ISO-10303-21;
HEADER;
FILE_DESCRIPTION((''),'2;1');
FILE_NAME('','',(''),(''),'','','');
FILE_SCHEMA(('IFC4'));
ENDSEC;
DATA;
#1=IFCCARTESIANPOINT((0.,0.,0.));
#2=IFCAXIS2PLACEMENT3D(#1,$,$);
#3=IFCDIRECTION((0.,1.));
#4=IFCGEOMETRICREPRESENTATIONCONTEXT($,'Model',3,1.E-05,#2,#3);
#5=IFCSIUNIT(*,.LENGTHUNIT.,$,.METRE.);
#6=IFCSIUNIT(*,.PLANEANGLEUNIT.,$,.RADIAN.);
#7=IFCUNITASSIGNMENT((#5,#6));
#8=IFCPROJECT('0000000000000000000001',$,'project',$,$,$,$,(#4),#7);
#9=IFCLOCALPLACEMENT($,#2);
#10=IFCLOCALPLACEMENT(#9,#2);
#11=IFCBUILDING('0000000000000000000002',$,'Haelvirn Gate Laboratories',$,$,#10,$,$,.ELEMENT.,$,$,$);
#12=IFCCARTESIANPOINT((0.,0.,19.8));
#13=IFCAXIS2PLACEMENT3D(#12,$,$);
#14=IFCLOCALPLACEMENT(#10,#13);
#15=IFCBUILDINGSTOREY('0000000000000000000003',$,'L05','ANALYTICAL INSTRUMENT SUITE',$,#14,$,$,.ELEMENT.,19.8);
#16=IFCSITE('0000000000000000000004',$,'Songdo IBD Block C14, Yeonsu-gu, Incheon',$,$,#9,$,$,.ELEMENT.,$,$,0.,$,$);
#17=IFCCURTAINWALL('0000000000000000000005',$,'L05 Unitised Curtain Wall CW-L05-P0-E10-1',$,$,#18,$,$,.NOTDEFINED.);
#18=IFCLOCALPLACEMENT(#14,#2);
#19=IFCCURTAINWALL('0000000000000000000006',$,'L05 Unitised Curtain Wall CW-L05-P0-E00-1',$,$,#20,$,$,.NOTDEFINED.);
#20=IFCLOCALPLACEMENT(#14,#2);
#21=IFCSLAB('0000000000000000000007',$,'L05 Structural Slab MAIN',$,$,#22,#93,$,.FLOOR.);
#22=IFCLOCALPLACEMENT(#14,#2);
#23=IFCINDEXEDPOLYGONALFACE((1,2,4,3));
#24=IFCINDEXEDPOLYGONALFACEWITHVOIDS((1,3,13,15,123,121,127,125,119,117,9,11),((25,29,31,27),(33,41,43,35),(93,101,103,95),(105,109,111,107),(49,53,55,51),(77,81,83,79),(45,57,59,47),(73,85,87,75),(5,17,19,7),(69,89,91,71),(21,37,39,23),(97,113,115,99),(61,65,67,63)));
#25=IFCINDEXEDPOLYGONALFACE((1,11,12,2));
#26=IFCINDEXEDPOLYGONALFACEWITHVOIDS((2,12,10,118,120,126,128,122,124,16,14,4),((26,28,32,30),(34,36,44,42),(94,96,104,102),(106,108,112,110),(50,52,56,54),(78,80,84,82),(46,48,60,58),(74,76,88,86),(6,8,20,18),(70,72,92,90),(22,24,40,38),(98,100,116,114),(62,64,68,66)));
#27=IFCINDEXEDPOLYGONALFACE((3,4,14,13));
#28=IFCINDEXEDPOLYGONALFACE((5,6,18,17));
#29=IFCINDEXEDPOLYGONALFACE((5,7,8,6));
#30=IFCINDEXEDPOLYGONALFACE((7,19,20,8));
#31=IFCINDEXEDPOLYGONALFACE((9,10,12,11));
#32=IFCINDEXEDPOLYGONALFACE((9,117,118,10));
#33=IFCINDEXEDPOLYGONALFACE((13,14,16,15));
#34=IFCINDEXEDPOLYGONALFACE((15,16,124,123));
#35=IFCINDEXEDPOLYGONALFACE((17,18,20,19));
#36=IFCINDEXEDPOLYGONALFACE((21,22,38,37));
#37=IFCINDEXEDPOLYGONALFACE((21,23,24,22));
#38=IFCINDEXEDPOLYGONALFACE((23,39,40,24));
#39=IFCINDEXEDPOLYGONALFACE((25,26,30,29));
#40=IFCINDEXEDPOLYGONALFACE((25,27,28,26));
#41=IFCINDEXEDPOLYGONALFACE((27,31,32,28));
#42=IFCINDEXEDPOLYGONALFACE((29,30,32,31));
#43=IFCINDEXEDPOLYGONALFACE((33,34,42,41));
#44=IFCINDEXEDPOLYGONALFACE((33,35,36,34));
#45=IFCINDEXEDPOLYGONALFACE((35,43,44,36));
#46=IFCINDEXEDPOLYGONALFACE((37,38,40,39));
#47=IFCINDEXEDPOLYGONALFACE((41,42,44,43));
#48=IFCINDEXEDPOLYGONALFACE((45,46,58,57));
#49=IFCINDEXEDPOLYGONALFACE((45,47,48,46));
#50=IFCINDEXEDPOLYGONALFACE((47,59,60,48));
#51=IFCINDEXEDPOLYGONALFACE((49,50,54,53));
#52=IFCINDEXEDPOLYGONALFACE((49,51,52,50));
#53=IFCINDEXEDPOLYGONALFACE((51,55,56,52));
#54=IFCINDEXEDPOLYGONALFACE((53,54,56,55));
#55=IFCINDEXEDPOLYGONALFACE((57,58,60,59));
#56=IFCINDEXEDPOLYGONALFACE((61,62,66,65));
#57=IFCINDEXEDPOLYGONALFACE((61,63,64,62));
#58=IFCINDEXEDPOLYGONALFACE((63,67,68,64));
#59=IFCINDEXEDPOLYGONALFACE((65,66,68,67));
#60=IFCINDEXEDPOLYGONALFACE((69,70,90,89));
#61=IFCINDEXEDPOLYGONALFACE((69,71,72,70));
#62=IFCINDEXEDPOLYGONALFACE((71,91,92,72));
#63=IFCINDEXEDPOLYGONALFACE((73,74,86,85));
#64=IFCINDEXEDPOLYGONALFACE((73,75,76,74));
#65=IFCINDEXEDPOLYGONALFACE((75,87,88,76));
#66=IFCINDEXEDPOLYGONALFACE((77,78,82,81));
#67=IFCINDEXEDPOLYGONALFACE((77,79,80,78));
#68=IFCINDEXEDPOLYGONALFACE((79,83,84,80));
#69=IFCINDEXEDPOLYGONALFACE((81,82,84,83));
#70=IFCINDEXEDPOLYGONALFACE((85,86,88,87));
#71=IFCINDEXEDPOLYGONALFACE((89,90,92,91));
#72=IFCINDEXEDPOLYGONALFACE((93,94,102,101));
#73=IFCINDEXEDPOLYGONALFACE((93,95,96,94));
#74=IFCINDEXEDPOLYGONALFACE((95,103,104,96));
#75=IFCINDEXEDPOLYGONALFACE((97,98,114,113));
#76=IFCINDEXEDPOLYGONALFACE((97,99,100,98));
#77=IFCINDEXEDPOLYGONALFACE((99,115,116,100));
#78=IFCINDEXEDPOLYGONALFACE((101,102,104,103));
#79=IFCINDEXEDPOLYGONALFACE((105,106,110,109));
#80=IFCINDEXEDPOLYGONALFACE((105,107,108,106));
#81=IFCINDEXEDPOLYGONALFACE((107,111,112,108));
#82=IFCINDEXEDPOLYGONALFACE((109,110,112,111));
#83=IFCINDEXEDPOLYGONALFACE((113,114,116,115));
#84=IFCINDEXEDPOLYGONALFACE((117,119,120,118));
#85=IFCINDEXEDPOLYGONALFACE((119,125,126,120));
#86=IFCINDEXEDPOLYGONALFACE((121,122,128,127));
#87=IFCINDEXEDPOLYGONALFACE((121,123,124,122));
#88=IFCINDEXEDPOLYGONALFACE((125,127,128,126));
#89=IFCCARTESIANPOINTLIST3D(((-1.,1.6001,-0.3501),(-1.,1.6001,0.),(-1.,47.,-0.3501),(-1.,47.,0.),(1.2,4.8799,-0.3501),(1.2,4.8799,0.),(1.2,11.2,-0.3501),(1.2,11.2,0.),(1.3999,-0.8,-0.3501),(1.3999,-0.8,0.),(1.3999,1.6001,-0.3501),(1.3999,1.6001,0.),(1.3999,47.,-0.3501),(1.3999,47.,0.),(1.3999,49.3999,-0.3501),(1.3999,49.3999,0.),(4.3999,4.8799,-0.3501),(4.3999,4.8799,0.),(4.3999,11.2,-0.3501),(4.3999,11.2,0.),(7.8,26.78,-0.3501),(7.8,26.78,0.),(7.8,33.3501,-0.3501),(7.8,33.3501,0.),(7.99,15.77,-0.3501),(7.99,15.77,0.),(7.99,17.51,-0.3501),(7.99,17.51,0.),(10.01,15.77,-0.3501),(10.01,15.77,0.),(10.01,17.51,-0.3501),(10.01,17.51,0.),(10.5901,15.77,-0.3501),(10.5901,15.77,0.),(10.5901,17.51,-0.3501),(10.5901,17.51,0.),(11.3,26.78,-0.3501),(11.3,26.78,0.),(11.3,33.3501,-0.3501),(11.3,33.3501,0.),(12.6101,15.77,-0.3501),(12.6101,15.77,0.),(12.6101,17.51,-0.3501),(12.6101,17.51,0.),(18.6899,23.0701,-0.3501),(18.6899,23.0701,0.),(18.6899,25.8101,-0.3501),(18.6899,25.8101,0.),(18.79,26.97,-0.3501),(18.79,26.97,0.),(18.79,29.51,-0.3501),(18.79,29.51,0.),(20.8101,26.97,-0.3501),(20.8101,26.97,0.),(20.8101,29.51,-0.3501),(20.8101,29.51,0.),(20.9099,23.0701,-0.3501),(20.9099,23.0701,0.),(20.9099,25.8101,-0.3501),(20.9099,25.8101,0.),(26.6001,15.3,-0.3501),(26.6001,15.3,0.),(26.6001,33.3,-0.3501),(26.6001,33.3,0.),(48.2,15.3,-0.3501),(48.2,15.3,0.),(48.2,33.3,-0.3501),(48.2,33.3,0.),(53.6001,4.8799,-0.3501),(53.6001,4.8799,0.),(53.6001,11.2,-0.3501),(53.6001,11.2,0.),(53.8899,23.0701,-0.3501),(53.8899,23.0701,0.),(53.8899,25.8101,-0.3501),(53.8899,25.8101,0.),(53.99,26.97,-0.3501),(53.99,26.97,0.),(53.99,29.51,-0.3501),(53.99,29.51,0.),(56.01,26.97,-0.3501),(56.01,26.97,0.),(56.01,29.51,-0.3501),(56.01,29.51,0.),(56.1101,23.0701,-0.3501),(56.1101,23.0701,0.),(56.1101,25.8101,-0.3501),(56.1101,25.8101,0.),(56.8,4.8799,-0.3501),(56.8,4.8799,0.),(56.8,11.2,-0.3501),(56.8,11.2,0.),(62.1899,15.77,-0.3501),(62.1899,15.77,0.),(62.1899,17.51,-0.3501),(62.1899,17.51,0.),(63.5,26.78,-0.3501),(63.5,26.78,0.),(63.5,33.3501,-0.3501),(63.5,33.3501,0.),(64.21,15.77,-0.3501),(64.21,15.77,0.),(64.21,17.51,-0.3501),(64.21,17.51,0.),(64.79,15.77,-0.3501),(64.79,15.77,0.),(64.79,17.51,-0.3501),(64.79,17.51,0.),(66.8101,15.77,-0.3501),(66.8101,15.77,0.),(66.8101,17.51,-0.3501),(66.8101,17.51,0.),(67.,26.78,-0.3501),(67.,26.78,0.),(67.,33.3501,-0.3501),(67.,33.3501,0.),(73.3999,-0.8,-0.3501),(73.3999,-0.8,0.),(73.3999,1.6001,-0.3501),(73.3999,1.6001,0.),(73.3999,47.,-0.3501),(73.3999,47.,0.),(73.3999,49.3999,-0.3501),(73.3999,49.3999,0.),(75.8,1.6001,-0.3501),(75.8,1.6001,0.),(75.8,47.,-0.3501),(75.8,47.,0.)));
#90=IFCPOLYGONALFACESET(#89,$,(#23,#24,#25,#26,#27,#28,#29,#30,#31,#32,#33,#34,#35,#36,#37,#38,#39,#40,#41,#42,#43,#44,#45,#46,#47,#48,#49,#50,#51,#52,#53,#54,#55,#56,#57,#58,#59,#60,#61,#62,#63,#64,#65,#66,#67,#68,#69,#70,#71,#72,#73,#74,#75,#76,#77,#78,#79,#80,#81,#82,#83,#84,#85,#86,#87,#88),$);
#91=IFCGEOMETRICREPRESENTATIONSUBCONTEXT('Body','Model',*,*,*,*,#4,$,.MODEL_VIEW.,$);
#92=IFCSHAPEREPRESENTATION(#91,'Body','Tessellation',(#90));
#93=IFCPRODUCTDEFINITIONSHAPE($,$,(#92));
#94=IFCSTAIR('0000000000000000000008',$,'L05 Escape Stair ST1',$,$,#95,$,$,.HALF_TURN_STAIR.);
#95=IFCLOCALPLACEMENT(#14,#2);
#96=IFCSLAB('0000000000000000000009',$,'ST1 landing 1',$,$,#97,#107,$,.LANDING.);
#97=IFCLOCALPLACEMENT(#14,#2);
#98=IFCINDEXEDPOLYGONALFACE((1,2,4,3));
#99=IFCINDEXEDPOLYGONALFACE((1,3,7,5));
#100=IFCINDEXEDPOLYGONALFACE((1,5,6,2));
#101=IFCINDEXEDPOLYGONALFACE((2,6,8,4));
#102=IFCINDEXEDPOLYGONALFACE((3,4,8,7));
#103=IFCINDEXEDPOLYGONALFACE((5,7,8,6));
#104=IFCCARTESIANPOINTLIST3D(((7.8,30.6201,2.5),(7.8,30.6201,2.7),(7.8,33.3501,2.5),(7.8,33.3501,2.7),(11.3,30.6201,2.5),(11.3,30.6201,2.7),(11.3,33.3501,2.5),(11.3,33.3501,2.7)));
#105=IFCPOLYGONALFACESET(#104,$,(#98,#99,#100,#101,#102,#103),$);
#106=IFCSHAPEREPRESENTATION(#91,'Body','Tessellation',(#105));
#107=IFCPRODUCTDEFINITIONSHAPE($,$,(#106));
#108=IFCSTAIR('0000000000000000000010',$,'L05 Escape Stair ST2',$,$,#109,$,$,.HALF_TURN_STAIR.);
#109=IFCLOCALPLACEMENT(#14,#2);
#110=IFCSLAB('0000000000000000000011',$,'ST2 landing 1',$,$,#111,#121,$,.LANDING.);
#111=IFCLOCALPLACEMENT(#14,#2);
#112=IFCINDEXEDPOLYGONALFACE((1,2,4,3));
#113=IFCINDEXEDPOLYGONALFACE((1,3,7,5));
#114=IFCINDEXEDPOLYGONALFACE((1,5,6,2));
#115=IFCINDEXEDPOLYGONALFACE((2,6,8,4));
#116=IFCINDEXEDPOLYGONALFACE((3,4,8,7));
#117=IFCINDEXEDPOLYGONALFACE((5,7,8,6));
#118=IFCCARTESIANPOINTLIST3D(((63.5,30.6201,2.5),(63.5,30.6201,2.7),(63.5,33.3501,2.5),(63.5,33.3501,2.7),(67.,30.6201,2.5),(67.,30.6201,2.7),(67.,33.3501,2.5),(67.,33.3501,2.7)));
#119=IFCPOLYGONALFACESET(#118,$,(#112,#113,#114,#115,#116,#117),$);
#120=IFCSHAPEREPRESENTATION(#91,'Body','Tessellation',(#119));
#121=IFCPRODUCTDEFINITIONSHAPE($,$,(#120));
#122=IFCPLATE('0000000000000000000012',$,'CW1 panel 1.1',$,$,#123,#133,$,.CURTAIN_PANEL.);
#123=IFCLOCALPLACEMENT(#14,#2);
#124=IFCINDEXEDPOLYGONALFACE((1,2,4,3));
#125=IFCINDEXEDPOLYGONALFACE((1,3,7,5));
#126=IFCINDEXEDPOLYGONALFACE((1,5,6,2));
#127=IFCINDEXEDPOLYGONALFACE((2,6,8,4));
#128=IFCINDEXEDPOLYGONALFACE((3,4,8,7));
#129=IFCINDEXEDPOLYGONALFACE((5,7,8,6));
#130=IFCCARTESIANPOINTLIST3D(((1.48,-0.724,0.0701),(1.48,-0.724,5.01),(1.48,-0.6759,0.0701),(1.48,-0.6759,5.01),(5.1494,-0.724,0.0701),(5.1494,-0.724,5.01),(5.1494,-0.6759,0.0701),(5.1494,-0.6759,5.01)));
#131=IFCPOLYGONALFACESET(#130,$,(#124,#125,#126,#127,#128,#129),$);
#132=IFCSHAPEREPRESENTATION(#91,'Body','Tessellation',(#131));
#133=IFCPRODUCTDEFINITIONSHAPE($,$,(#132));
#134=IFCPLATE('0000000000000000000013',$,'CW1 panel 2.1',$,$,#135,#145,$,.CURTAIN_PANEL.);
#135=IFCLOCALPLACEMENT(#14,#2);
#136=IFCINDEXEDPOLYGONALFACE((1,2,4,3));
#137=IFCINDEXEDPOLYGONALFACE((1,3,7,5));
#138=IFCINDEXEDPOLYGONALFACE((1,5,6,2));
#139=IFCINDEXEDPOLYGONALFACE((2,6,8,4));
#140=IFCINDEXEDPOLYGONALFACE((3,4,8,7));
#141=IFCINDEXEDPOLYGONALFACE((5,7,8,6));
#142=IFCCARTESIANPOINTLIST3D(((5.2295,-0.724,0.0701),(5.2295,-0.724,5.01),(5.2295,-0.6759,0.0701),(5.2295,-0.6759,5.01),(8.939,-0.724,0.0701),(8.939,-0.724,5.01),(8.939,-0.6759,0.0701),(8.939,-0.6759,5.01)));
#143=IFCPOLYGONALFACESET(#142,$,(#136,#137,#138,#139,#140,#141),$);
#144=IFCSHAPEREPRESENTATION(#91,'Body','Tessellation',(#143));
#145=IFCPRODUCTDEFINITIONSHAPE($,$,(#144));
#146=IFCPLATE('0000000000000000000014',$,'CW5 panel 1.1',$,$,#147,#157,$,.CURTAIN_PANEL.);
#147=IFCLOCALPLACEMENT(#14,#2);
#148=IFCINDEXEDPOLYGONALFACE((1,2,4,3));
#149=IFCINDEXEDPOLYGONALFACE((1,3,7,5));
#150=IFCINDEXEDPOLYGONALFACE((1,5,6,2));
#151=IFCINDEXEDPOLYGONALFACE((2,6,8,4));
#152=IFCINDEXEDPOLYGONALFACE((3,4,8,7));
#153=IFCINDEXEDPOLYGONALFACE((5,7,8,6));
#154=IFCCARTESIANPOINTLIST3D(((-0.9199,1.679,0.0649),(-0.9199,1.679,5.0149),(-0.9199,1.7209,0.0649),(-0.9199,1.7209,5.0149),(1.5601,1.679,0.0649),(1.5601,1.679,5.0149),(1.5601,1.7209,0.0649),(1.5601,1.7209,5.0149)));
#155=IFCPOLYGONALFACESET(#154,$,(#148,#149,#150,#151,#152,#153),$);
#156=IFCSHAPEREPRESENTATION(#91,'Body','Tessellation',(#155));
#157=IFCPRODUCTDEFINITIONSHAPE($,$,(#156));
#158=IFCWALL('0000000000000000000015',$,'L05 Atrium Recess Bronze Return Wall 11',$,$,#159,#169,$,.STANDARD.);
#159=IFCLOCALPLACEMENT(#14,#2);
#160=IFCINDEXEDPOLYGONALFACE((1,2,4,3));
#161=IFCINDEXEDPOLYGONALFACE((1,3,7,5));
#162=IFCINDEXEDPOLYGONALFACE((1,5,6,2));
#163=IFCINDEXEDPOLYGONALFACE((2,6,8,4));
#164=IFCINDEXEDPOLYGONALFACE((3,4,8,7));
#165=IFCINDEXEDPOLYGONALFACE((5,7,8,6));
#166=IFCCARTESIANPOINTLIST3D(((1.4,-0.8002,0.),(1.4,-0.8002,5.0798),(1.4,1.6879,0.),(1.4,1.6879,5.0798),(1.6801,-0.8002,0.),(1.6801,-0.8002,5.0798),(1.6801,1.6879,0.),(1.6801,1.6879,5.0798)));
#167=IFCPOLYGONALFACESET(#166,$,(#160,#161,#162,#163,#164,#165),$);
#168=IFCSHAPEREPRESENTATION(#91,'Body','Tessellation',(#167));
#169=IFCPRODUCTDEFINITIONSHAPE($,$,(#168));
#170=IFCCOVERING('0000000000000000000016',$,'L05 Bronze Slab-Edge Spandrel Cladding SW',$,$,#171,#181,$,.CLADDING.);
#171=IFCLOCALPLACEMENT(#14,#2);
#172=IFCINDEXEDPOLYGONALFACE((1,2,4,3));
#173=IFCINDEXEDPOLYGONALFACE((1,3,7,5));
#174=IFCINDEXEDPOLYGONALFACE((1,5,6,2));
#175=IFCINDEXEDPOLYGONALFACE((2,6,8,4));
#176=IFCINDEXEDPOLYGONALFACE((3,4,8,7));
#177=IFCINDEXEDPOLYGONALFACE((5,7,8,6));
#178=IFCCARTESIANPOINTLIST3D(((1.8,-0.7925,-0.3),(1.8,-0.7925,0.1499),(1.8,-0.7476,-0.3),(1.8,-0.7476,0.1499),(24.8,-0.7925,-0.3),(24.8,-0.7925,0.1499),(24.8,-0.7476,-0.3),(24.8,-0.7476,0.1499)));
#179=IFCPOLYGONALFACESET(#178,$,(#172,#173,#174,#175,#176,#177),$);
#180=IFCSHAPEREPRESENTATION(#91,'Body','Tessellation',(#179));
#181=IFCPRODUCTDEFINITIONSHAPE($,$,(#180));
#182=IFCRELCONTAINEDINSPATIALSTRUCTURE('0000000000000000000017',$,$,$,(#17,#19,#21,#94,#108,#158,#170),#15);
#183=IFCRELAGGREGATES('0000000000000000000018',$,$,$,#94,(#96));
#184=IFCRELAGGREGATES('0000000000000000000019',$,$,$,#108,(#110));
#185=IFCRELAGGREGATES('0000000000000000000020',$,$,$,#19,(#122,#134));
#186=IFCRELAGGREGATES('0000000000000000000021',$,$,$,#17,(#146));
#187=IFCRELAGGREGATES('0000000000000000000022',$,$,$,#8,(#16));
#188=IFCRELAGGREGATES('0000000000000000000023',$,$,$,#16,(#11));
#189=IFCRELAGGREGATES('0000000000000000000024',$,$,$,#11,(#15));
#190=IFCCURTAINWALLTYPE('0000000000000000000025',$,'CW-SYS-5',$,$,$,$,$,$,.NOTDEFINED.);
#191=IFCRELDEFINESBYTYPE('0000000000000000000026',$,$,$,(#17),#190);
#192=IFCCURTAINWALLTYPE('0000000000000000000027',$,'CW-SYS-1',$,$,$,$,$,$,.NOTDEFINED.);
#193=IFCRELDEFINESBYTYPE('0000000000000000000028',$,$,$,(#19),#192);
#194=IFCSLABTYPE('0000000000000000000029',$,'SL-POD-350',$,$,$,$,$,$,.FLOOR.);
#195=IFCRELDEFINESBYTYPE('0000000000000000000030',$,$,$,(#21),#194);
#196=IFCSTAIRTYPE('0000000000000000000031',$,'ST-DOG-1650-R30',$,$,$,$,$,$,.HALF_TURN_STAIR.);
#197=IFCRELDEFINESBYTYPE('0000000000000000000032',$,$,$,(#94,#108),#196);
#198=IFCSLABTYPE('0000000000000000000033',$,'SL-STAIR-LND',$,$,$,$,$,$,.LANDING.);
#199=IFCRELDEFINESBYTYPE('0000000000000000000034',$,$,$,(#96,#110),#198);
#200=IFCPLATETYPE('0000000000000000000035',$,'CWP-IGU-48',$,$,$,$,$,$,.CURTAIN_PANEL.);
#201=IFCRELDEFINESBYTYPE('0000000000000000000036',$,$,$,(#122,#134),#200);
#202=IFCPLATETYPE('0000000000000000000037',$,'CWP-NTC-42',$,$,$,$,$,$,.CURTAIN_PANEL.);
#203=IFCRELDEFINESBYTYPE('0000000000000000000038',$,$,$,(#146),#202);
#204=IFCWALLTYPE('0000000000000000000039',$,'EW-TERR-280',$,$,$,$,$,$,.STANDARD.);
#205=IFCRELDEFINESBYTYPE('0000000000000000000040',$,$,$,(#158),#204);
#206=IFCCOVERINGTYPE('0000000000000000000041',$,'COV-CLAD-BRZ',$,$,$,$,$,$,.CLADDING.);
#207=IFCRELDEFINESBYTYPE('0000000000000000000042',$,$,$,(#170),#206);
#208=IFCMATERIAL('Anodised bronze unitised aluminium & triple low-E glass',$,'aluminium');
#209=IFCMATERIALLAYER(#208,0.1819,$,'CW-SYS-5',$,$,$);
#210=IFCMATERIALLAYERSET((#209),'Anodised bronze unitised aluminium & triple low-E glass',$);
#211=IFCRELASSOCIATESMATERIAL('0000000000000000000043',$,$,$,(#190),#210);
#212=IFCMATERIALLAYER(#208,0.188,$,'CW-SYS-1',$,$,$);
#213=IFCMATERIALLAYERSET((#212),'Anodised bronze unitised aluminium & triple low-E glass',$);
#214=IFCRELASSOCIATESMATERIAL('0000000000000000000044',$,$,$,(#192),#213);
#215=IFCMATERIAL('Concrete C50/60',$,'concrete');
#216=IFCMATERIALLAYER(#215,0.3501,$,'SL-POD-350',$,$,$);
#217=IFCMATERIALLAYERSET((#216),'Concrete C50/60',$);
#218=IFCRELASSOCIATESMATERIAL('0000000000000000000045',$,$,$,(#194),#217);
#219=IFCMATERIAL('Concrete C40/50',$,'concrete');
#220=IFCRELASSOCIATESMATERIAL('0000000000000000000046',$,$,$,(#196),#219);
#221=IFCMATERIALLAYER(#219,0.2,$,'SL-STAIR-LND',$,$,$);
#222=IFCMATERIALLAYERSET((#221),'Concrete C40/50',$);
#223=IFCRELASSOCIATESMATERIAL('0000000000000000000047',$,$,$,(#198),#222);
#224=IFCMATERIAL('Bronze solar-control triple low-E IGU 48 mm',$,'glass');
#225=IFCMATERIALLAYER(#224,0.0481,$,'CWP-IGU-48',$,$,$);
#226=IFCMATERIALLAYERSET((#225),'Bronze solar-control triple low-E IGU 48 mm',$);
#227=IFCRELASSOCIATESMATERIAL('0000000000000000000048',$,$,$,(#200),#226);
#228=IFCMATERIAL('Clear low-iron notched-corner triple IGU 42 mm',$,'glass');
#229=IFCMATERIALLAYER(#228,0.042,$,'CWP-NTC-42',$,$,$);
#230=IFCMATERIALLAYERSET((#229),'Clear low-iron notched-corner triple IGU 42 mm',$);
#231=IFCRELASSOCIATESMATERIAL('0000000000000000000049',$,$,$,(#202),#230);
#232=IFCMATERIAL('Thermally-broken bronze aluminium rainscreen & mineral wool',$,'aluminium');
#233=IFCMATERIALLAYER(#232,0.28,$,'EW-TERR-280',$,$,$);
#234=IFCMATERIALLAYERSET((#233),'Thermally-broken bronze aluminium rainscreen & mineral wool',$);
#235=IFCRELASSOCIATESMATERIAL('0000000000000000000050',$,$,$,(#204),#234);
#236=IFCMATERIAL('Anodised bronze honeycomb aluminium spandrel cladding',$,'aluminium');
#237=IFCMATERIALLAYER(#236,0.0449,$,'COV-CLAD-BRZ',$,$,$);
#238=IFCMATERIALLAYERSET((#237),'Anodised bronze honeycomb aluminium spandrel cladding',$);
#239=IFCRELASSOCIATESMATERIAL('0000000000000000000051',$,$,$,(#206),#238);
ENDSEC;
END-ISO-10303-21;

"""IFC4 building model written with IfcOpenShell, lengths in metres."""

from ifc_helpers import new_model, si_unit, direction, frame, frame_2d, origin, origin_2d, place, context, subcontext, project, spatial, polyline, rectangle, outline, extrude, source, transform, mapped, material, layer, layer_set, type_object, type_shapes, element, aggregate, save


model = new_model("IFC4")

# Units and contexts
model_context = context("Model", 3, precision=1e-05, world=origin(), true_north=direction((0.0, 1.0)))
body_context = subcontext(model_context, "Body", "Model", "MODEL_VIEW")
ifc_project = project(units=[si_unit("LENGTHUNIT", "METRE"), si_unit("PLANEANGLEUNIT", "RADIAN")], contexts=[model_context])

# Site, building, storey
site_placement = place(None, origin())
site = spatial("IfcSite", under=ifc_project, at=site_placement, Name="Songdo IBD Block C14, Yeonsu-gu, Incheon", CompositionType="ELEMENT", RefElevation=0.0)
building_placement = place(site_placement, origin())
building = spatial("IfcBuilding", under=site, at=building_placement, Name="Haelvirn Gate Laboratories", CompositionType="ELEMENT")
storey_placement = place(building_placement, frame((0.0, 0.0, 19.8)))
storey = spatial("IfcBuildingStorey", under=building, at=storey_placement, Name="L05", Description="ANALYTICAL INSTRUMENT SUITE", CompositionType="ELEMENT", Elevation=19.8)

# Curtain walls
ifc_material_1 = material(Name="Anodised bronze unitised aluminium & triple low-E glass", Category="aluminium")
ifc_layer_1 = layer(ifc_material_1, 0.1819, Name="CW-SYS-5")
ifc_layer_set_1 = layer_set([ifc_layer_1], Name="Anodised bronze unitised aluminium & triple low-E glass")
curtain_wall_type_1 = type_object("IfcCurtainWallType", Name="CW-SYS-5", PredefinedType="NOTDEFINED", material=ifc_layer_set_1)
curtain_wall_1_placement = place(storey_placement, origin())
curtain_wall_1 = element("IfcCurtainWall", 1, at=curtain_wall_1_placement, inside=storey, type_object=curtain_wall_type_1, Name="L05 Unitised Curtain Wall CW-L05-P0-E10-1", PredefinedType="NOTDEFINED")
ifc_layer_2 = layer(ifc_material_1, 0.188, Name="CW-SYS-1")
ifc_layer_set_2 = layer_set([ifc_layer_2], Name="Anodised bronze unitised aluminium & triple low-E glass")
curtain_wall_type_2 = type_object("IfcCurtainWallType", Name="CW-SYS-1", PredefinedType="NOTDEFINED", material=ifc_layer_set_2)
curtain_wall_2_placement = place(storey_placement, origin())
curtain_wall_2 = element("IfcCurtainWall", 2, at=curtain_wall_2_placement, inside=storey, type_object=curtain_wall_type_2, Name="L05 Unitised Curtain Wall CW-L05-P0-E00-1", PredefinedType="NOTDEFINED")

# Slab
ifc_material_2 = material(Name="Concrete C50/60", Category="concrete")
ifc_layer_3 = layer(ifc_material_2, 0.3501, Name="SL-POD-350")
ifc_layer_set_3 = layer_set([ifc_layer_3], Name="Concrete C50/60")
slab_type_1 = type_object("IfcSlabType", Name="SL-POD-350", PredefinedType="FLOOR", material=ifc_layer_set_3)
slab_1_placement = place(storey_placement, frame((0.0, 0.0, -0.3501)))
element("IfcSlab", 3, at=slab_1_placement, inside=storey, type_object=slab_type_1, Name="L05 Structural Slab MAIN", PredefinedType="FLOOR", context=body_context, shape_type="SweptSolid", body=[
    extrude(outline(polyline([(1.3999, -0.8), (73.3999, -0.8), (73.3999, 1.6001), (75.8, 1.6001), (75.8, 47.0), (73.3999, 47.0), (73.3999, 49.3999), (1.3999, 49.3999), (1.3999, 47.0), (-1.0, 47.0), (-1.0, 1.6001), (1.3999, 1.6001), (1.3999, -0.8)]), holes=[polyline([(26.6001, 15.3), (48.2, 15.3), (48.2, 33.3), (26.6001, 33.3), (26.6001, 15.3)]), polyline([(11.3, 26.78), (11.3, 33.3501), (7.8, 33.3501), (7.8, 26.78), (11.3, 26.78)]), polyline([(67.0, 26.78), (67.0, 33.3501), (63.5, 33.3501), (63.5, 26.78), (67.0, 26.78)]), polyline([(4.3999, 4.8799), (4.3999, 11.2), (1.2, 11.2), (1.2, 4.8799), (4.3999, 4.8799)]), polyline([(56.8, 4.8799), (56.8, 11.2), (53.6001, 11.2), (53.6001, 4.8799), (56.8, 4.8799)]), polyline([(7.99, 15.77), (10.01, 15.77), (10.01, 17.51), (7.99, 17.51), (7.99, 15.77)]), polyline([(10.5901, 15.77), (12.6101, 15.77), (12.6101, 17.51), (10.5901, 17.51), (10.5901, 15.77)]), polyline([(18.79, 26.97), (20.8101, 26.97), (20.8101, 29.51), (18.79, 29.51), (18.79, 26.97)]), polyline([(18.6899, 23.0701), (20.9099, 23.0701), (20.9099, 25.8101), (18.6899, 25.8101), (18.6899, 23.0701)]), polyline([(64.79, 15.77), (66.8101, 15.77), (66.8101, 17.51), (64.79, 17.51), (64.79, 15.77)]), polyline([(62.1899, 15.77), (64.21, 15.77), (64.21, 17.51), (62.1899, 17.51), (62.1899, 15.77)]), polyline([(53.99, 26.97), (56.01, 26.97), (56.01, 29.51), (53.99, 29.51), (53.99, 26.97)]), polyline([(53.8899, 23.0701), (56.1101, 23.0701), (56.1101, 25.8101), (53.8899, 25.8101), (53.8899, 23.0701)])]), origin(), (0.0, 0.0, 1.0), 0.3501),
])

# Stairs, slabs
ifc_material_3 = material(Name="Concrete C40/50", Category="concrete")
stair_type = type_object("IfcStairType", Name="ST-DOG-1650-R30", PredefinedType="HALF_TURN_STAIR", material=ifc_material_3)
stair_1_placement = place(storey_placement, origin())
stair_1 = element("IfcStair", 4, at=stair_1_placement, inside=storey, type_object=stair_type, Name="L05 Escape Stair ST1", PredefinedType="HALF_TURN_STAIR")
ifc_layer_4 = layer(ifc_material_3, 0.2, Name="SL-STAIR-LND")
ifc_layer_set_4 = layer_set([ifc_layer_4], Name="Concrete C40/50")
slab_type_2 = type_object("IfcSlabType", Name="SL-STAIR-LND", PredefinedType="LANDING", material=ifc_layer_set_4)
slab_2_placement = place(storey_placement, frame((0.0, 0.0, 2.5)))
slab_2 = element("IfcSlab", 5, at=slab_2_placement, type_object=slab_type_2, Name="ST1 landing 1", PredefinedType="LANDING", context=body_context, shape_type="SweptSolid", body=[
    extrude(outline(polyline([(11.3, 30.6201), (11.3, 33.3501), (7.8, 33.3501), (7.8, 30.6201), (11.3, 30.6201)])), origin(), (0.0, 0.0, 1.0), 0.2),
])
aggregate(stair_1, [slab_2])
stair_2_placement = place(storey_placement, origin())
stair_2 = element("IfcStair", 6, at=stair_2_placement, inside=storey, type_object=stair_type, Name="L05 Escape Stair ST2", PredefinedType="HALF_TURN_STAIR")
slab_3_placement = place(storey_placement, frame((0.0, 0.0, 2.5)))
slab_3 = element("IfcSlab", 7, at=slab_3_placement, type_object=slab_type_2, Name="ST2 landing 1", PredefinedType="LANDING", context=body_context, shape_type="SweptSolid", body=[
    extrude(outline(polyline([(67.0, 30.6201), (67.0, 33.3501), (63.5, 33.3501), (63.5, 30.6201), (67.0, 30.6201)])), origin(), (0.0, 0.0, 1.0), 0.2),
])
aggregate(stair_2, [slab_3])

# Plates
ifc_material_4 = material(Name="Bronze solar-control triple low-E IGU 48 mm", Category="glass")
ifc_layer_5 = layer(ifc_material_4, 0.0481, Name="CWP-IGU-48")
ifc_layer_set_5 = layer_set([ifc_layer_5], Name="Bronze solar-control triple low-E IGU 48 mm")
plate_type_1 = type_object("IfcPlateType", Name="CWP-IGU-48", PredefinedType="CURTAIN_PANEL", material=ifc_layer_set_5)
shared_shape_1 = source(origin(), body_context, "Body", "SweptSolid", [
    extrude(rectangle(XDim=3.6694, YDim=0.0481, at=origin_2d()), origin(), (0.0, 0.0, 1.0), 4.9399),
])
plate_1_placement = place(storey_placement, frame((3.3147, -0.7, 0.0701), z_axis=(0.0, 0.0, 1.0), x_axis=(1.0, 0.0, 0.0)))
plate_1 = element("IfcPlate", 8, at=plate_1_placement, type_object=plate_type_1, Name="CW1 panel 1.1", PredefinedType="CURTAIN_PANEL", context=body_context, shape_type="MappedRepresentation", body=[
    mapped(shared_shape_1, transform((0.0, 0.0, 0.0), scale=1.0)),
])
shared_shape_2 = source(origin(), body_context, "Body", "SweptSolid", [
    extrude(rectangle(XDim=3.7095, YDim=0.0481, at=origin_2d()), origin(), (0.0, 0.0, 1.0), 4.9399),
])
type_shapes(plate_type_1, [shared_shape_1, shared_shape_2])
plate_2_placement = place(storey_placement, frame((7.0842, -0.7, 0.0701), z_axis=(0.0, 0.0, 1.0), x_axis=(1.0, 0.0, 0.0)))
plate_2 = element("IfcPlate", 9, at=plate_2_placement, type_object=plate_type_1, Name="CW1 panel 2.1", PredefinedType="CURTAIN_PANEL", context=body_context, shape_type="MappedRepresentation", body=[
    mapped(shared_shape_2, transform((0.0, 0.0, 0.0), scale=1.0)),
])
aggregate(curtain_wall_2, [plate_1, plate_2])
ifc_material_5 = material(Name="Clear low-iron notched-corner triple IGU 42 mm", Category="glass")
ifc_layer_6 = layer(ifc_material_5, 0.042, Name="CWP-NTC-42")
ifc_layer_set_6 = layer_set([ifc_layer_6], Name="Clear low-iron notched-corner triple IGU 42 mm")
plate_type_2 = type_object("IfcPlateType", Name="CWP-NTC-42", PredefinedType="CURTAIN_PANEL", material=ifc_layer_set_6)
shared_shape_3 = source(origin(), body_context, "Body", "SweptSolid", [
    extrude(rectangle(XDim=2.48, YDim=0.042, at=origin_2d()), origin(), (0.0, 0.0, 1.0), 4.95),
])
type_shapes(plate_type_2, [shared_shape_3])
plate_3_placement = place(storey_placement, frame((0.3201, 1.7, 0.0649), z_axis=(0.0, 0.0, 1.0), x_axis=(1.0, 0.0, 0.0)))
plate_3 = element("IfcPlate", 10, at=plate_3_placement, type_object=plate_type_2, Name="CW5 panel 1.1", PredefinedType="CURTAIN_PANEL", context=body_context, shape_type="MappedRepresentation", body=[
    mapped(shared_shape_3, transform((0.0, 0.0, 0.0), scale=1.0)),
])
aggregate(curtain_wall_1, [plate_3])

# Wall
ifc_material_6 = material(Name="Thermally-broken bronze aluminium rainscreen & mineral wool", Category="aluminium")
ifc_layer_7 = layer(ifc_material_6, 0.28, Name="EW-TERR-280")
ifc_layer_set_7 = layer_set([ifc_layer_7], Name="Thermally-broken bronze aluminium rainscreen & mineral wool")
wall_type = type_object("IfcWallType", Name="EW-TERR-280", PredefinedType="STANDARD", material=ifc_layer_set_7)
wall_placement = place(storey_placement, frame((1.54, 1.688, 0.0), z_axis=(0.0, 0.0, 1.0), x_axis=(0.0, -1.0, 0.0)))
element("IfcWall", 11, at=wall_placement, inside=storey, type_object=wall_type, Name="L05 Atrium Recess Bronze Return Wall 11", PredefinedType="STANDARD", context=body_context, shape_type="SweptSolid", body=[
    extrude(rectangle(XDim=2.488, YDim=0.28, at=frame_2d((1.2441, 0.0))), origin(), (0.0, 0.0, 1.0), 5.0798),
])

# Covering
ifc_material_7 = material(Name="Anodised bronze honeycomb aluminium spandrel cladding", Category="aluminium")
ifc_layer_8 = layer(ifc_material_7, 0.0449, Name="COV-CLAD-BRZ")
ifc_layer_set_8 = layer_set([ifc_layer_8], Name="Anodised bronze honeycomb aluminium spandrel cladding")
covering_type_1 = type_object("IfcCoveringType", Name="COV-CLAD-BRZ", PredefinedType="CLADDING", material=ifc_layer_set_8)
covering_1_placement = place(storey_placement, frame((1.8, -0.77, -0.3), z_axis=(0.0, 0.0, 1.0), x_axis=(1.0, 0.0, 0.0)))
element("IfcCovering", 12, at=covering_1_placement, inside=storey, type_object=covering_type_1, Name="L05 Bronze Slab-Edge Spandrel Cladding SW", PredefinedType="CLADDING", context=body_context, shape_type="SweptSolid", body=[
    extrude(rectangle(XDim=23.0, YDim=0.0449, at=frame_2d((11.5, 0.0))), origin(), (0.0, 0.0, 1.0), 0.45),
])

save(model, "model.ifc")
